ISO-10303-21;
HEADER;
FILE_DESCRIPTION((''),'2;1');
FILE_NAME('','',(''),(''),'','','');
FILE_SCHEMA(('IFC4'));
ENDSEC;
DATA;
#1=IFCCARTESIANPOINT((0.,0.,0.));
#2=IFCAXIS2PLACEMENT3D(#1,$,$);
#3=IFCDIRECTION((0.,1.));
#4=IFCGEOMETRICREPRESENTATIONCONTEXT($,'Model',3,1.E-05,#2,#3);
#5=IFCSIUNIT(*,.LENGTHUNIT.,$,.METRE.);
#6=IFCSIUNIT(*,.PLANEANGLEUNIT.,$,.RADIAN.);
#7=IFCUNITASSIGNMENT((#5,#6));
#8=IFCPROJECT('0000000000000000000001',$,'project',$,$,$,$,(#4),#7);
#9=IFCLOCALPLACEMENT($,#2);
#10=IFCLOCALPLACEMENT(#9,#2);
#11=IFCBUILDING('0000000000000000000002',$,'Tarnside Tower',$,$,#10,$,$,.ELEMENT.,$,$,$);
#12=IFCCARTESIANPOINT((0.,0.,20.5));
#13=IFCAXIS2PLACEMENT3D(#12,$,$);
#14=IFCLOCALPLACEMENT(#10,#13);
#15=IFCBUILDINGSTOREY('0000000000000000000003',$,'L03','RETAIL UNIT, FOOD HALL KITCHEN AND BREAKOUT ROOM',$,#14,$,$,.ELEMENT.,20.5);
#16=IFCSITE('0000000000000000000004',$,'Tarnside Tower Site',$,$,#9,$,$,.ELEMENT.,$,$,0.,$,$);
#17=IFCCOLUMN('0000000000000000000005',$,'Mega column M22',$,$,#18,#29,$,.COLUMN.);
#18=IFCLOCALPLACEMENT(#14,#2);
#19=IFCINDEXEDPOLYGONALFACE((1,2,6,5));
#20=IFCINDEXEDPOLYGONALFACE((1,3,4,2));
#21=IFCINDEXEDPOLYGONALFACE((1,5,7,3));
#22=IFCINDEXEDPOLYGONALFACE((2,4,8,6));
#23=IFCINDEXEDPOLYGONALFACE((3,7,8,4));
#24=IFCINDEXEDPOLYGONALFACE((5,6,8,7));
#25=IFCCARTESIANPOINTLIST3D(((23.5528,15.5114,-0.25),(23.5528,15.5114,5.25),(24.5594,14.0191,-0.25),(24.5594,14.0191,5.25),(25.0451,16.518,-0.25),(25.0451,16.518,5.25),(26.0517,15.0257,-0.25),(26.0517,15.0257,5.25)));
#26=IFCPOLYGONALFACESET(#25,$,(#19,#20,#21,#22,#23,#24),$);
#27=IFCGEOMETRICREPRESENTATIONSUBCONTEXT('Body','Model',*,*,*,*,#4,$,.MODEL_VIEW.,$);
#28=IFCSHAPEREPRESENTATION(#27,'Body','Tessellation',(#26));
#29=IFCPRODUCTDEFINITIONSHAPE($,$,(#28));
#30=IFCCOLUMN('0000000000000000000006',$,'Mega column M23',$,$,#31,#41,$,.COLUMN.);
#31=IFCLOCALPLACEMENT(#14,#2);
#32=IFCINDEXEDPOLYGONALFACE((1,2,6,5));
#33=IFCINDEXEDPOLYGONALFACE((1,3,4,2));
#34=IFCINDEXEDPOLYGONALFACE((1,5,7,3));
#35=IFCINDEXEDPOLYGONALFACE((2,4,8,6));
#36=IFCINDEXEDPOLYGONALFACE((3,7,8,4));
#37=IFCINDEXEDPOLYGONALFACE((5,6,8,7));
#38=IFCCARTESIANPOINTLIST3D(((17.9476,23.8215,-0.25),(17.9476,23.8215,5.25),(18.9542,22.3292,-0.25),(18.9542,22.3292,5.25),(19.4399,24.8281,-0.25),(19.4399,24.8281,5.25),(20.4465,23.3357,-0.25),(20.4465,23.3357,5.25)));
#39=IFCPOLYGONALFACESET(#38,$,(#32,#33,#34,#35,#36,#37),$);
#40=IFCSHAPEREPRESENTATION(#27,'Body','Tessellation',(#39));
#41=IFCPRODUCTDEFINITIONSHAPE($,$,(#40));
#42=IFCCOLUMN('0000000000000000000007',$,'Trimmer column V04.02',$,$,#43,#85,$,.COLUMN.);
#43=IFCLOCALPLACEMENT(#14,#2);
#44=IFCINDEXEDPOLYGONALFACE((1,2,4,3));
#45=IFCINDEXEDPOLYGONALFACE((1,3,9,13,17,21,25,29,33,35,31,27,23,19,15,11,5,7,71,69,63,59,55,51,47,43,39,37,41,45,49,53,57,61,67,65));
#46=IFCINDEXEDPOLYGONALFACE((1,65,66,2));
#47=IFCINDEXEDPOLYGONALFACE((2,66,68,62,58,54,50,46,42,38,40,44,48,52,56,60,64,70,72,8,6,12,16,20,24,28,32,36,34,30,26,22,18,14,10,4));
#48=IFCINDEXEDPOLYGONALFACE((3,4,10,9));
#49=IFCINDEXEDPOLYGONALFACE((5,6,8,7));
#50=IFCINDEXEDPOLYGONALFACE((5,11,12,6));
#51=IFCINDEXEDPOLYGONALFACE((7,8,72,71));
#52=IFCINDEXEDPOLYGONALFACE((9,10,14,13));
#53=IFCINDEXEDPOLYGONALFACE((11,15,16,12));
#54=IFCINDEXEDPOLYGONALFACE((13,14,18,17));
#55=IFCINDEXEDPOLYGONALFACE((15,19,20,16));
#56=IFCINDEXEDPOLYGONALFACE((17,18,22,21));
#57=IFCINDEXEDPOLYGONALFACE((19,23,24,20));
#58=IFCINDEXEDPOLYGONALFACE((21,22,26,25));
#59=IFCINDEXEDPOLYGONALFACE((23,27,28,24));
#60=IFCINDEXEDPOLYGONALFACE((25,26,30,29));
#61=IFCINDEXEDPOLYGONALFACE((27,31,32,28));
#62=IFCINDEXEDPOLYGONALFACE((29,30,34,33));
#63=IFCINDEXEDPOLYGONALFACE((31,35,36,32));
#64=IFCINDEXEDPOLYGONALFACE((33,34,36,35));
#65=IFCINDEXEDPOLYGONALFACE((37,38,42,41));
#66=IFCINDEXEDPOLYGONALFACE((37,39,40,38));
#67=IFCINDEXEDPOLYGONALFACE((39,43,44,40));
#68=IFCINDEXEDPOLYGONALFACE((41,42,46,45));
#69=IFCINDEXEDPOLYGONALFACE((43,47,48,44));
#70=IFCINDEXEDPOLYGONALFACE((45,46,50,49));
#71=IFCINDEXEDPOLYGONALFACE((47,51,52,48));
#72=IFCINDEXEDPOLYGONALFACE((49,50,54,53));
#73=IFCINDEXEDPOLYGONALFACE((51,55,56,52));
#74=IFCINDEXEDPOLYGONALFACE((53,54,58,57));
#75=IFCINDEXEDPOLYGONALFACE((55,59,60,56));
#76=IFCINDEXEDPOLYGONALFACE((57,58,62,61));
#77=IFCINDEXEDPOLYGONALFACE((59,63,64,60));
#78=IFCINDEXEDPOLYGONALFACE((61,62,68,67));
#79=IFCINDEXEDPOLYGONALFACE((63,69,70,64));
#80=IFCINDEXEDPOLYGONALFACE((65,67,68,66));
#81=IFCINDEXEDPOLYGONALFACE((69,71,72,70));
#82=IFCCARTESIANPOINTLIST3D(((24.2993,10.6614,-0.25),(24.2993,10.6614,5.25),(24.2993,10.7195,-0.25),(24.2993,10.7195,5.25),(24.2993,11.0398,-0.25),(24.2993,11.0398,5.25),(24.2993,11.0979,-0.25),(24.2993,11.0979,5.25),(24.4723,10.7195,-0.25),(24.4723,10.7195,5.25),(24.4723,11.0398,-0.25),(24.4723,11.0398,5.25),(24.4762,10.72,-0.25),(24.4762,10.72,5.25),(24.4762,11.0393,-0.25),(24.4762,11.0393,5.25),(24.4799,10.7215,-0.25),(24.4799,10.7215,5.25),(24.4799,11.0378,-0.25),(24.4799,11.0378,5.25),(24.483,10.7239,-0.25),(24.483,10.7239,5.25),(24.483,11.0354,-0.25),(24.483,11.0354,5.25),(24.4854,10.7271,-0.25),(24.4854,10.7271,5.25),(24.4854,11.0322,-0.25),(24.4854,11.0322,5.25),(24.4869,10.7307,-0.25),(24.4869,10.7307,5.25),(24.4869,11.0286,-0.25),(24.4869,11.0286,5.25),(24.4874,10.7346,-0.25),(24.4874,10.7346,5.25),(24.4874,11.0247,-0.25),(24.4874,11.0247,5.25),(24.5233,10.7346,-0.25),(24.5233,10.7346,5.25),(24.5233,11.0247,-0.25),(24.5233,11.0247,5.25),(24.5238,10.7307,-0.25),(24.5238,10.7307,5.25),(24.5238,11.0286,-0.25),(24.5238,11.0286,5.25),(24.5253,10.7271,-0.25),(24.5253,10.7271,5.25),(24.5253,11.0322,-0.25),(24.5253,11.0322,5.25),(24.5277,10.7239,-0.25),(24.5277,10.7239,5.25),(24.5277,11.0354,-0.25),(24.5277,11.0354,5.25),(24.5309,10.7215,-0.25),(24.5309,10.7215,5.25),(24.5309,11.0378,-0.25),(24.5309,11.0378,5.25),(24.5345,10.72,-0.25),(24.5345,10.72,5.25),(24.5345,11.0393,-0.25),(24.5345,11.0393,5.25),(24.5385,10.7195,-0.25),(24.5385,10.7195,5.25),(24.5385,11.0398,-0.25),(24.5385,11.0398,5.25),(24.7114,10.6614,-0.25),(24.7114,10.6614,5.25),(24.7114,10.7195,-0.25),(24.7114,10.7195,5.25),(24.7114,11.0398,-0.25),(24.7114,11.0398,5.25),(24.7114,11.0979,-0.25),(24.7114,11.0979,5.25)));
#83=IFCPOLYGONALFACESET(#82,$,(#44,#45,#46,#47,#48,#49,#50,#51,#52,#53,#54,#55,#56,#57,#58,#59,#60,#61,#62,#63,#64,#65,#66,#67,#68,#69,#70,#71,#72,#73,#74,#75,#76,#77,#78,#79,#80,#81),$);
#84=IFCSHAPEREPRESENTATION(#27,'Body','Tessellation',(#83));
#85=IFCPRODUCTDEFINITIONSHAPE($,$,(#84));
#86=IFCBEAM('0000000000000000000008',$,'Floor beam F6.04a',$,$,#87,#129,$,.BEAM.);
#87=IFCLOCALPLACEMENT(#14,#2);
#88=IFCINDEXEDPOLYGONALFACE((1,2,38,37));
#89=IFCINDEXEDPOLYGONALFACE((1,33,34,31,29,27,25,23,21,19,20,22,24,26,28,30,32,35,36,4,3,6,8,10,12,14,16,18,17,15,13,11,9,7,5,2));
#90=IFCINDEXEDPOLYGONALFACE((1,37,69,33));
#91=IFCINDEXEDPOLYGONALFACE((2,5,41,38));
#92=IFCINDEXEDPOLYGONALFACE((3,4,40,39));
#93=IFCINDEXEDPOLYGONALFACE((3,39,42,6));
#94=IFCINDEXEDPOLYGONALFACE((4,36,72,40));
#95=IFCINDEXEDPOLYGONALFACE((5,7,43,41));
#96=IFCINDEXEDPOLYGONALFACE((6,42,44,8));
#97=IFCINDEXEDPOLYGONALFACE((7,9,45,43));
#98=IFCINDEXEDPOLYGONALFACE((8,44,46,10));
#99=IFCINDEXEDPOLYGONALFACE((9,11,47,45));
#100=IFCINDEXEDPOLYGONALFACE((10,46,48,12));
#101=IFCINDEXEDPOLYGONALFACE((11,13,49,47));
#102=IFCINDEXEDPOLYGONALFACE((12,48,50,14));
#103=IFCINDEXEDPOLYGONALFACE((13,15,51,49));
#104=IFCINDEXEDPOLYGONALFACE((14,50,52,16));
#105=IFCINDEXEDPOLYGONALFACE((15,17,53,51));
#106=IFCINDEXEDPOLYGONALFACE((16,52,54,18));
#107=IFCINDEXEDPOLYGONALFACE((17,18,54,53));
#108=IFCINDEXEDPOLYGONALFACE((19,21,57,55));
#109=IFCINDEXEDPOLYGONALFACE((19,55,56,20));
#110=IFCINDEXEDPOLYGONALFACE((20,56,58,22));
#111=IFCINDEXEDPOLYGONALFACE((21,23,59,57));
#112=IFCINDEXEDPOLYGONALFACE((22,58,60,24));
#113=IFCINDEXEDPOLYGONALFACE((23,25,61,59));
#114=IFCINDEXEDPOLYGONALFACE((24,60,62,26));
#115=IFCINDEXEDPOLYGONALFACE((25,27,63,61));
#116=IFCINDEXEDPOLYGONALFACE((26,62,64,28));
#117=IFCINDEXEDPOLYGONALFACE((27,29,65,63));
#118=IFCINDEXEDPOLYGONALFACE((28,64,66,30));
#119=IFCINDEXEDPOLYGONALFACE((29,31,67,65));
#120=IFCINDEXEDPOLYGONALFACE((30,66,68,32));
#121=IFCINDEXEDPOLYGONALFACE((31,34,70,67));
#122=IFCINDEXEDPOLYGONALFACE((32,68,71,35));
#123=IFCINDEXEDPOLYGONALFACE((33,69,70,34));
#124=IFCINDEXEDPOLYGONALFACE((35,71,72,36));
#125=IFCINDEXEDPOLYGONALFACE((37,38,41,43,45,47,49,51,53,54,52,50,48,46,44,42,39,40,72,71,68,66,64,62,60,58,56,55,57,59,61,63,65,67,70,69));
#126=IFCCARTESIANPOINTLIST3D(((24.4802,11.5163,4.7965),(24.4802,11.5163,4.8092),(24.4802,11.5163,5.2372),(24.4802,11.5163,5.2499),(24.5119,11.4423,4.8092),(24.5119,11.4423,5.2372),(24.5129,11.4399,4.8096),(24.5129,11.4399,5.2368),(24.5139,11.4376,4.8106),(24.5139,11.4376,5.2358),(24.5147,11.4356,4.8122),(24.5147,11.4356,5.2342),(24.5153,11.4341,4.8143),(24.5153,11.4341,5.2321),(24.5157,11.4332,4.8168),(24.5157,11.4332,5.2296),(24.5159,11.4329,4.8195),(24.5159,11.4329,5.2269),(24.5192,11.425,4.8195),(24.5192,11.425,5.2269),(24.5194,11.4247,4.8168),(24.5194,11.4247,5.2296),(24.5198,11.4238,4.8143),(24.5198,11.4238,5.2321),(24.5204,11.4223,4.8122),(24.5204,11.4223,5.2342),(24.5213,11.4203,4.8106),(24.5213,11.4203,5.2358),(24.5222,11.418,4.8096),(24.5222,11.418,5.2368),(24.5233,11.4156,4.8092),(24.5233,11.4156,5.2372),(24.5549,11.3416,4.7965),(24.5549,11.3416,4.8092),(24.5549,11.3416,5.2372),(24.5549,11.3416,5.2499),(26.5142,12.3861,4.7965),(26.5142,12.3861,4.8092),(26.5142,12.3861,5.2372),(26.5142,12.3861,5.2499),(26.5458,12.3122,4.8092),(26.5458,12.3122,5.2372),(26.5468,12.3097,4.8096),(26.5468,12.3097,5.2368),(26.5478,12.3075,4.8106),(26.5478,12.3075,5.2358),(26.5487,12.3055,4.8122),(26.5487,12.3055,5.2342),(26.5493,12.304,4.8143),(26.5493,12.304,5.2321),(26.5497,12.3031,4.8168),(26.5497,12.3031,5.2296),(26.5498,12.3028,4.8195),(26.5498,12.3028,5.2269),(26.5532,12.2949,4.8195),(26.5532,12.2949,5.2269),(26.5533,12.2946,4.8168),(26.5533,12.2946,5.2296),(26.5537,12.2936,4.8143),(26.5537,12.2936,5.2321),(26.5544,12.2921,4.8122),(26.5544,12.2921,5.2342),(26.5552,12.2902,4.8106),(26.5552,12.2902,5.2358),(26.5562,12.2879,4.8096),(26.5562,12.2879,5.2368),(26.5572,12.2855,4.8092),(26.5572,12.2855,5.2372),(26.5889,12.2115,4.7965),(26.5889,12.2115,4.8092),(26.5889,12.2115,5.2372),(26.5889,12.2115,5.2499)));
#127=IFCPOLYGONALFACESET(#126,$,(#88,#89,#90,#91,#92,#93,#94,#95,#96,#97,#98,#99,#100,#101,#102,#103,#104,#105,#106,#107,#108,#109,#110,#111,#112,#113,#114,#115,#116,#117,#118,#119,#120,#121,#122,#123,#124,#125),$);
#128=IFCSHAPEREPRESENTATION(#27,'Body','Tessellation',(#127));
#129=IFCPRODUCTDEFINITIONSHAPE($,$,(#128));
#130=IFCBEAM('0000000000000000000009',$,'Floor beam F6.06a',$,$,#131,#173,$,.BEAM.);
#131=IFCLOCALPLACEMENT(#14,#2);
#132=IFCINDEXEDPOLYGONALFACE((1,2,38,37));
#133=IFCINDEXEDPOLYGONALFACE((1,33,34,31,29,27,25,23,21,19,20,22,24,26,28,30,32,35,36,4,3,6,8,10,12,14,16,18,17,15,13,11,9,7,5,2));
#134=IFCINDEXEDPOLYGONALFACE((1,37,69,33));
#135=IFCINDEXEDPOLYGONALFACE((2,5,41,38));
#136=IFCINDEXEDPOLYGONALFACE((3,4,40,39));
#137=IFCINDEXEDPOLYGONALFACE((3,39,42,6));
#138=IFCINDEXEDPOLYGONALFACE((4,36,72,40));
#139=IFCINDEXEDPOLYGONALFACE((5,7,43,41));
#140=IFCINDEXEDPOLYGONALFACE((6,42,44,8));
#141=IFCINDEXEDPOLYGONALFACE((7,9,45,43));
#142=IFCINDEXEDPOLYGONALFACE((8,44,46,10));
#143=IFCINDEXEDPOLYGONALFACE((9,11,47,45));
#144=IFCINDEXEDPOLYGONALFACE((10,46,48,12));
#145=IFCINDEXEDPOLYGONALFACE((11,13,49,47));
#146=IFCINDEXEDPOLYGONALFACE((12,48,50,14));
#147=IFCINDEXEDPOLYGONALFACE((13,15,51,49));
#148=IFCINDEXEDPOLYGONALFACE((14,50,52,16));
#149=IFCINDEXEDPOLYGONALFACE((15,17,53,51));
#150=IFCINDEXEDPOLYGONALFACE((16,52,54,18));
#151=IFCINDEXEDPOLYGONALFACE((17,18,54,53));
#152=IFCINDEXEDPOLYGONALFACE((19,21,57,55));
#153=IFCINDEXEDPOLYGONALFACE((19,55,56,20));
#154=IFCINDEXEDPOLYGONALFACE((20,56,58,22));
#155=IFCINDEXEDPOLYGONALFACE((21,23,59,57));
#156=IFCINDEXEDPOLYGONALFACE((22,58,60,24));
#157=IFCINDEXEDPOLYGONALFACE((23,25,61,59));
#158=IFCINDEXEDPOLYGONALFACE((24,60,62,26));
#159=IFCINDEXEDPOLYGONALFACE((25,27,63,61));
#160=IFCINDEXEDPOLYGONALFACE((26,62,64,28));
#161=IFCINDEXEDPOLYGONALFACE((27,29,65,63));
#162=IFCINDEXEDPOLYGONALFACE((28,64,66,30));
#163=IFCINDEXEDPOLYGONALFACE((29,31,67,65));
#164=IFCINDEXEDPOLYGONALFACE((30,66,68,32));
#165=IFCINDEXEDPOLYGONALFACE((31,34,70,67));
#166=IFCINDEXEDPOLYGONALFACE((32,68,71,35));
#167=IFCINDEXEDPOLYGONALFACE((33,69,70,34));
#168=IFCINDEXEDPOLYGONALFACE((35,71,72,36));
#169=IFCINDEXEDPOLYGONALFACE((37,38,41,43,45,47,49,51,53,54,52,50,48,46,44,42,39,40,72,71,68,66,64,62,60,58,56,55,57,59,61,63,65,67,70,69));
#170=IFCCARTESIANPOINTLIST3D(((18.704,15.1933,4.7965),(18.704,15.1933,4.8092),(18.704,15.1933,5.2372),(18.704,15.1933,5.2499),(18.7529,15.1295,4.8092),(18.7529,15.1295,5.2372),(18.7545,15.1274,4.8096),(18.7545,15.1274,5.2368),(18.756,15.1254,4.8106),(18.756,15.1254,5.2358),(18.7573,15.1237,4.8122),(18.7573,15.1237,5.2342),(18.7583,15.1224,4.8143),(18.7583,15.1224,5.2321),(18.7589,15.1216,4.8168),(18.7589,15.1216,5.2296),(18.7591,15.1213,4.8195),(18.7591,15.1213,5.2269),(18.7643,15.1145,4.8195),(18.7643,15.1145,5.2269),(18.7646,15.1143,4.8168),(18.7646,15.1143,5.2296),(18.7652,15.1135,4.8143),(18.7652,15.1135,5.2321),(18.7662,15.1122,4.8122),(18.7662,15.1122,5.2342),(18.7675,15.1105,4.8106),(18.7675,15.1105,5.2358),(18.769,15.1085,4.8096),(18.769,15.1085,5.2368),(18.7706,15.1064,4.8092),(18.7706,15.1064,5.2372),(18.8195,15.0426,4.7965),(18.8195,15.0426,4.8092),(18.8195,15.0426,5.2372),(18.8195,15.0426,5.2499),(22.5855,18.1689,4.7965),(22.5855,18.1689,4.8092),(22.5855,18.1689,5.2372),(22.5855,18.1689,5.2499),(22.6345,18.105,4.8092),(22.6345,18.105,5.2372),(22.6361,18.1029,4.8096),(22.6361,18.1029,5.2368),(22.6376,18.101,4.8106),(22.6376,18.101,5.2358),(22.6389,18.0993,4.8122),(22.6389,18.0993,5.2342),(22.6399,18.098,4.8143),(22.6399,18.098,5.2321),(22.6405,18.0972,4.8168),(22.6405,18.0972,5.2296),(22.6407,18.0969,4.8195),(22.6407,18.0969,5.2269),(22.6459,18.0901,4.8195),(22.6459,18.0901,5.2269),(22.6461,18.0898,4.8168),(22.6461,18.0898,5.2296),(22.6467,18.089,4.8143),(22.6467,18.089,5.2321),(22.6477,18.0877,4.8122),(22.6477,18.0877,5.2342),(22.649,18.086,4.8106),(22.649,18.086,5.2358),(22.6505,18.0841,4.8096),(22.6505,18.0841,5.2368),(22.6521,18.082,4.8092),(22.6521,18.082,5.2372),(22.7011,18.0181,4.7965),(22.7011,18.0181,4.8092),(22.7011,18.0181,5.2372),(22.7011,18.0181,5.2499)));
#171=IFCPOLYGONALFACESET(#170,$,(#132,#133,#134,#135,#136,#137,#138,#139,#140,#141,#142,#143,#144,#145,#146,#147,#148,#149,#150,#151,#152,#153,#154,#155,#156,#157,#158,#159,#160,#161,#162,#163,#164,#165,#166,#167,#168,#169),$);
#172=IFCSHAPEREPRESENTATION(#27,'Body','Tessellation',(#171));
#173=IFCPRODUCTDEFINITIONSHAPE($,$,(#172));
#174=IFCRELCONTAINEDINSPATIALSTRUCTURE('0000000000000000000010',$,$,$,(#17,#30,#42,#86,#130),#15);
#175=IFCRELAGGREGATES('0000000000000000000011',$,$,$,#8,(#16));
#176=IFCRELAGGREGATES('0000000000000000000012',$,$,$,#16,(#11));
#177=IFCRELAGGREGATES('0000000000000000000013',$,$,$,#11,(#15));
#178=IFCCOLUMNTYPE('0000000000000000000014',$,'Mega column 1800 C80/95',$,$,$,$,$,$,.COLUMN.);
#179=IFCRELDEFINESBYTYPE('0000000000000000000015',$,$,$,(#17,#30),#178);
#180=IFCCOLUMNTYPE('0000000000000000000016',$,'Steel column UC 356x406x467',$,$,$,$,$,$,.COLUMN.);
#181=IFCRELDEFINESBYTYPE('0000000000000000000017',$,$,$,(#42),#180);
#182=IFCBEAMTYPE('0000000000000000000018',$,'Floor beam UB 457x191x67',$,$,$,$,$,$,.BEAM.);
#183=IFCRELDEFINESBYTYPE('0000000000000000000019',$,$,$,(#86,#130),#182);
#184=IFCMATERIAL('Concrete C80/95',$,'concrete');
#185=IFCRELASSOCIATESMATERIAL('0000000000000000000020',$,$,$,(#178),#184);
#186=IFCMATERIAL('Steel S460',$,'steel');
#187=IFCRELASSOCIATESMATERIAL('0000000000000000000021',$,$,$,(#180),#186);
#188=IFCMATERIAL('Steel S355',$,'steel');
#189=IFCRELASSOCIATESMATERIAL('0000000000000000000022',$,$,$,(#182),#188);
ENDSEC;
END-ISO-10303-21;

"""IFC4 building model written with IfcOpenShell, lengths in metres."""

from ifc_helpers import new_model, si_unit, direction, frame, origin, origin_2d, place, context, subcontext, project, spatial, rectangle, i_section, extrude, material, material_profile, profile_set, type_object, element, save


model = new_model("IFC4")

# Units and contexts
model_context = context("Model", 3, precision=1e-05, world=origin(), true_north=direction((0.0, 1.0)))
body_context = subcontext(model_context, "Body", "Model", "MODEL_VIEW")
ifc_project = project(units=[si_unit("LENGTHUNIT", "METRE"), si_unit("PLANEANGLEUNIT", "RADIAN")], contexts=[model_context])

# Site, building, storey
site_placement = place(None, origin())
site = spatial("IfcSite", under=ifc_project, at=site_placement, Name="Tarnside Tower Site", CompositionType="ELEMENT", RefElevation=0.0)
building_placement = place(site_placement, origin())
building = spatial("IfcBuilding", under=site, at=building_placement, Name="Tarnside Tower", CompositionType="ELEMENT")
storey_placement = place(building_placement, frame((0.0, 0.0, 20.5)))
storey = spatial("IfcBuildingStorey", under=building, at=storey_placement, Name="L03", Description="RETAIL UNIT, FOOD HALL KITCHEN AND BREAKOUT ROOM", CompositionType="ELEMENT", Elevation=20.5)

# Columns
ifc_material_1 = material(Name="Concrete C80/95", Category="concrete")
ifc_material_profile_1 = material_profile(ifc_material_1, rectangle(XDim=1.8, YDim=1.8, at=origin_2d()), Name="Mega column 1800x1800")
ifc_profile_set_1 = profile_set([ifc_material_profile_1], Name="Concrete C80/95")
column_type_1 = type_object("IfcColumnType", Name="Mega column 1800 C80/95", PredefinedType="COLUMN", material=ifc_profile_set_1)
for number, where, z_axis, x_axis, name in (
    (1, (24.8022, 15.2686, -0.25), (0.0, 0.0, 1.0), (0.559193, -0.829038, 0.0), "Mega column M22"),
    (2, (19.197, 23.5786, -0.25), (0.0, 0.0, 1.0), (0.559193, -0.829038, 0.0), "Mega column M23"),
):
    element("IfcColumn", number, at=place(storey_placement, frame(where, z_axis=z_axis, x_axis=x_axis)), inside=storey, type_object=column_type_1, Name=name, PredefinedType="COLUMN", context=body_context, shape_type="SweptSolid", body=[
        extrude(rectangle(XDim=1.8, YDim=1.8, at=origin_2d()), origin(), (0.0, 0.0, 1.0), 5.5),
    ])
ifc_material_2 = material(Name="Steel S460", Category="steel")
ifc_material_profile_2 = material_profile(ifc_material_2, i_section(OverallWidth=0.4121, OverallDepth=0.4365, WebThickness=0.0359, FlangeThickness=0.0581, FilletRadius=0.0151, at=origin_2d()), Name="UC 356x406x467")
ifc_profile_set_2 = profile_set([ifc_material_profile_2], Name="Steel S460")
column_type_2 = type_object("IfcColumnType", Name="Steel column UC 356x406x467", PredefinedType="COLUMN", material=ifc_profile_set_2)
column_placement = place(storey_placement, frame((24.5054, 10.8796, -0.25), z_axis=(0.0, 0.0, 1.0), x_axis=(1.0, 0.0, 0.0)))
element("IfcColumn", 3, at=column_placement, inside=storey, type_object=column_type_2, Name="Trimmer column V04.02", PredefinedType="COLUMN", context=body_context, shape_type="SweptSolid", body=[
    extrude(i_section(OverallWidth=0.4121, OverallDepth=0.4365, WebThickness=0.0359, FlangeThickness=0.0581, FilletRadius=0.0151, at=origin_2d()), origin(), (0.0, 0.0, 1.0), 5.5),
])

# Beams
ifc_material_3 = material(Name="Steel S355", Category="steel")
ifc_material_profile_3 = material_profile(ifc_material_3, i_section(OverallWidth=0.1899, OverallDepth=0.4534, WebThickness=0.0085, FlangeThickness=0.0127, FilletRadius=0.0103, at=origin_2d()), Name="UB 457x191x67")
ifc_profile_set_3 = profile_set([ifc_material_profile_3], Name="Steel S355")
beam_type_1 = type_object("IfcBeamType", Name="Floor beam UB 457x191x67", PredefinedType="BEAM", material=ifc_profile_set_3)
beam_1_placement = place(storey_placement, frame((26.5515, 12.2988, 5.0232), z_axis=(-0.919442, -0.393227, 0.0), x_axis=(0.393227, -0.919442, 0.0)))
element("IfcBeam", 4, at=beam_1_placement, inside=storey, type_object=beam_type_1, Name="Floor beam F6.04a", PredefinedType="BEAM", context=body_context, shape_type="SweptSolid", body=[
    extrude(i_section(OverallWidth=0.1899, OverallDepth=0.4534, WebThickness=0.0085, FlangeThickness=0.0127, FilletRadius=0.0103, at=origin_2d()), origin(), (0.0, 0.0, 1.0), 2.2122),
])
beam_2_placement = place(storey_placement, frame((22.6433, 18.0935, 5.0232), z_axis=(-0.793636, -0.608393, 0.0), x_axis=(0.608393, -0.793636, 0.0)))
element("IfcBeam", 5, at=beam_2_placement, inside=storey, type_object=beam_type_1, Name="Floor beam F6.06a", PredefinedType="BEAM", context=body_context, shape_type="SweptSolid", body=[
    extrude(i_section(OverallWidth=0.1899, OverallDepth=0.4534, WebThickness=0.0085, FlangeThickness=0.0127, FilletRadius=0.0103, at=origin_2d()), origin(), (0.0, 0.0, 1.0), 4.8909),
])

save(model, "model.ifc")
